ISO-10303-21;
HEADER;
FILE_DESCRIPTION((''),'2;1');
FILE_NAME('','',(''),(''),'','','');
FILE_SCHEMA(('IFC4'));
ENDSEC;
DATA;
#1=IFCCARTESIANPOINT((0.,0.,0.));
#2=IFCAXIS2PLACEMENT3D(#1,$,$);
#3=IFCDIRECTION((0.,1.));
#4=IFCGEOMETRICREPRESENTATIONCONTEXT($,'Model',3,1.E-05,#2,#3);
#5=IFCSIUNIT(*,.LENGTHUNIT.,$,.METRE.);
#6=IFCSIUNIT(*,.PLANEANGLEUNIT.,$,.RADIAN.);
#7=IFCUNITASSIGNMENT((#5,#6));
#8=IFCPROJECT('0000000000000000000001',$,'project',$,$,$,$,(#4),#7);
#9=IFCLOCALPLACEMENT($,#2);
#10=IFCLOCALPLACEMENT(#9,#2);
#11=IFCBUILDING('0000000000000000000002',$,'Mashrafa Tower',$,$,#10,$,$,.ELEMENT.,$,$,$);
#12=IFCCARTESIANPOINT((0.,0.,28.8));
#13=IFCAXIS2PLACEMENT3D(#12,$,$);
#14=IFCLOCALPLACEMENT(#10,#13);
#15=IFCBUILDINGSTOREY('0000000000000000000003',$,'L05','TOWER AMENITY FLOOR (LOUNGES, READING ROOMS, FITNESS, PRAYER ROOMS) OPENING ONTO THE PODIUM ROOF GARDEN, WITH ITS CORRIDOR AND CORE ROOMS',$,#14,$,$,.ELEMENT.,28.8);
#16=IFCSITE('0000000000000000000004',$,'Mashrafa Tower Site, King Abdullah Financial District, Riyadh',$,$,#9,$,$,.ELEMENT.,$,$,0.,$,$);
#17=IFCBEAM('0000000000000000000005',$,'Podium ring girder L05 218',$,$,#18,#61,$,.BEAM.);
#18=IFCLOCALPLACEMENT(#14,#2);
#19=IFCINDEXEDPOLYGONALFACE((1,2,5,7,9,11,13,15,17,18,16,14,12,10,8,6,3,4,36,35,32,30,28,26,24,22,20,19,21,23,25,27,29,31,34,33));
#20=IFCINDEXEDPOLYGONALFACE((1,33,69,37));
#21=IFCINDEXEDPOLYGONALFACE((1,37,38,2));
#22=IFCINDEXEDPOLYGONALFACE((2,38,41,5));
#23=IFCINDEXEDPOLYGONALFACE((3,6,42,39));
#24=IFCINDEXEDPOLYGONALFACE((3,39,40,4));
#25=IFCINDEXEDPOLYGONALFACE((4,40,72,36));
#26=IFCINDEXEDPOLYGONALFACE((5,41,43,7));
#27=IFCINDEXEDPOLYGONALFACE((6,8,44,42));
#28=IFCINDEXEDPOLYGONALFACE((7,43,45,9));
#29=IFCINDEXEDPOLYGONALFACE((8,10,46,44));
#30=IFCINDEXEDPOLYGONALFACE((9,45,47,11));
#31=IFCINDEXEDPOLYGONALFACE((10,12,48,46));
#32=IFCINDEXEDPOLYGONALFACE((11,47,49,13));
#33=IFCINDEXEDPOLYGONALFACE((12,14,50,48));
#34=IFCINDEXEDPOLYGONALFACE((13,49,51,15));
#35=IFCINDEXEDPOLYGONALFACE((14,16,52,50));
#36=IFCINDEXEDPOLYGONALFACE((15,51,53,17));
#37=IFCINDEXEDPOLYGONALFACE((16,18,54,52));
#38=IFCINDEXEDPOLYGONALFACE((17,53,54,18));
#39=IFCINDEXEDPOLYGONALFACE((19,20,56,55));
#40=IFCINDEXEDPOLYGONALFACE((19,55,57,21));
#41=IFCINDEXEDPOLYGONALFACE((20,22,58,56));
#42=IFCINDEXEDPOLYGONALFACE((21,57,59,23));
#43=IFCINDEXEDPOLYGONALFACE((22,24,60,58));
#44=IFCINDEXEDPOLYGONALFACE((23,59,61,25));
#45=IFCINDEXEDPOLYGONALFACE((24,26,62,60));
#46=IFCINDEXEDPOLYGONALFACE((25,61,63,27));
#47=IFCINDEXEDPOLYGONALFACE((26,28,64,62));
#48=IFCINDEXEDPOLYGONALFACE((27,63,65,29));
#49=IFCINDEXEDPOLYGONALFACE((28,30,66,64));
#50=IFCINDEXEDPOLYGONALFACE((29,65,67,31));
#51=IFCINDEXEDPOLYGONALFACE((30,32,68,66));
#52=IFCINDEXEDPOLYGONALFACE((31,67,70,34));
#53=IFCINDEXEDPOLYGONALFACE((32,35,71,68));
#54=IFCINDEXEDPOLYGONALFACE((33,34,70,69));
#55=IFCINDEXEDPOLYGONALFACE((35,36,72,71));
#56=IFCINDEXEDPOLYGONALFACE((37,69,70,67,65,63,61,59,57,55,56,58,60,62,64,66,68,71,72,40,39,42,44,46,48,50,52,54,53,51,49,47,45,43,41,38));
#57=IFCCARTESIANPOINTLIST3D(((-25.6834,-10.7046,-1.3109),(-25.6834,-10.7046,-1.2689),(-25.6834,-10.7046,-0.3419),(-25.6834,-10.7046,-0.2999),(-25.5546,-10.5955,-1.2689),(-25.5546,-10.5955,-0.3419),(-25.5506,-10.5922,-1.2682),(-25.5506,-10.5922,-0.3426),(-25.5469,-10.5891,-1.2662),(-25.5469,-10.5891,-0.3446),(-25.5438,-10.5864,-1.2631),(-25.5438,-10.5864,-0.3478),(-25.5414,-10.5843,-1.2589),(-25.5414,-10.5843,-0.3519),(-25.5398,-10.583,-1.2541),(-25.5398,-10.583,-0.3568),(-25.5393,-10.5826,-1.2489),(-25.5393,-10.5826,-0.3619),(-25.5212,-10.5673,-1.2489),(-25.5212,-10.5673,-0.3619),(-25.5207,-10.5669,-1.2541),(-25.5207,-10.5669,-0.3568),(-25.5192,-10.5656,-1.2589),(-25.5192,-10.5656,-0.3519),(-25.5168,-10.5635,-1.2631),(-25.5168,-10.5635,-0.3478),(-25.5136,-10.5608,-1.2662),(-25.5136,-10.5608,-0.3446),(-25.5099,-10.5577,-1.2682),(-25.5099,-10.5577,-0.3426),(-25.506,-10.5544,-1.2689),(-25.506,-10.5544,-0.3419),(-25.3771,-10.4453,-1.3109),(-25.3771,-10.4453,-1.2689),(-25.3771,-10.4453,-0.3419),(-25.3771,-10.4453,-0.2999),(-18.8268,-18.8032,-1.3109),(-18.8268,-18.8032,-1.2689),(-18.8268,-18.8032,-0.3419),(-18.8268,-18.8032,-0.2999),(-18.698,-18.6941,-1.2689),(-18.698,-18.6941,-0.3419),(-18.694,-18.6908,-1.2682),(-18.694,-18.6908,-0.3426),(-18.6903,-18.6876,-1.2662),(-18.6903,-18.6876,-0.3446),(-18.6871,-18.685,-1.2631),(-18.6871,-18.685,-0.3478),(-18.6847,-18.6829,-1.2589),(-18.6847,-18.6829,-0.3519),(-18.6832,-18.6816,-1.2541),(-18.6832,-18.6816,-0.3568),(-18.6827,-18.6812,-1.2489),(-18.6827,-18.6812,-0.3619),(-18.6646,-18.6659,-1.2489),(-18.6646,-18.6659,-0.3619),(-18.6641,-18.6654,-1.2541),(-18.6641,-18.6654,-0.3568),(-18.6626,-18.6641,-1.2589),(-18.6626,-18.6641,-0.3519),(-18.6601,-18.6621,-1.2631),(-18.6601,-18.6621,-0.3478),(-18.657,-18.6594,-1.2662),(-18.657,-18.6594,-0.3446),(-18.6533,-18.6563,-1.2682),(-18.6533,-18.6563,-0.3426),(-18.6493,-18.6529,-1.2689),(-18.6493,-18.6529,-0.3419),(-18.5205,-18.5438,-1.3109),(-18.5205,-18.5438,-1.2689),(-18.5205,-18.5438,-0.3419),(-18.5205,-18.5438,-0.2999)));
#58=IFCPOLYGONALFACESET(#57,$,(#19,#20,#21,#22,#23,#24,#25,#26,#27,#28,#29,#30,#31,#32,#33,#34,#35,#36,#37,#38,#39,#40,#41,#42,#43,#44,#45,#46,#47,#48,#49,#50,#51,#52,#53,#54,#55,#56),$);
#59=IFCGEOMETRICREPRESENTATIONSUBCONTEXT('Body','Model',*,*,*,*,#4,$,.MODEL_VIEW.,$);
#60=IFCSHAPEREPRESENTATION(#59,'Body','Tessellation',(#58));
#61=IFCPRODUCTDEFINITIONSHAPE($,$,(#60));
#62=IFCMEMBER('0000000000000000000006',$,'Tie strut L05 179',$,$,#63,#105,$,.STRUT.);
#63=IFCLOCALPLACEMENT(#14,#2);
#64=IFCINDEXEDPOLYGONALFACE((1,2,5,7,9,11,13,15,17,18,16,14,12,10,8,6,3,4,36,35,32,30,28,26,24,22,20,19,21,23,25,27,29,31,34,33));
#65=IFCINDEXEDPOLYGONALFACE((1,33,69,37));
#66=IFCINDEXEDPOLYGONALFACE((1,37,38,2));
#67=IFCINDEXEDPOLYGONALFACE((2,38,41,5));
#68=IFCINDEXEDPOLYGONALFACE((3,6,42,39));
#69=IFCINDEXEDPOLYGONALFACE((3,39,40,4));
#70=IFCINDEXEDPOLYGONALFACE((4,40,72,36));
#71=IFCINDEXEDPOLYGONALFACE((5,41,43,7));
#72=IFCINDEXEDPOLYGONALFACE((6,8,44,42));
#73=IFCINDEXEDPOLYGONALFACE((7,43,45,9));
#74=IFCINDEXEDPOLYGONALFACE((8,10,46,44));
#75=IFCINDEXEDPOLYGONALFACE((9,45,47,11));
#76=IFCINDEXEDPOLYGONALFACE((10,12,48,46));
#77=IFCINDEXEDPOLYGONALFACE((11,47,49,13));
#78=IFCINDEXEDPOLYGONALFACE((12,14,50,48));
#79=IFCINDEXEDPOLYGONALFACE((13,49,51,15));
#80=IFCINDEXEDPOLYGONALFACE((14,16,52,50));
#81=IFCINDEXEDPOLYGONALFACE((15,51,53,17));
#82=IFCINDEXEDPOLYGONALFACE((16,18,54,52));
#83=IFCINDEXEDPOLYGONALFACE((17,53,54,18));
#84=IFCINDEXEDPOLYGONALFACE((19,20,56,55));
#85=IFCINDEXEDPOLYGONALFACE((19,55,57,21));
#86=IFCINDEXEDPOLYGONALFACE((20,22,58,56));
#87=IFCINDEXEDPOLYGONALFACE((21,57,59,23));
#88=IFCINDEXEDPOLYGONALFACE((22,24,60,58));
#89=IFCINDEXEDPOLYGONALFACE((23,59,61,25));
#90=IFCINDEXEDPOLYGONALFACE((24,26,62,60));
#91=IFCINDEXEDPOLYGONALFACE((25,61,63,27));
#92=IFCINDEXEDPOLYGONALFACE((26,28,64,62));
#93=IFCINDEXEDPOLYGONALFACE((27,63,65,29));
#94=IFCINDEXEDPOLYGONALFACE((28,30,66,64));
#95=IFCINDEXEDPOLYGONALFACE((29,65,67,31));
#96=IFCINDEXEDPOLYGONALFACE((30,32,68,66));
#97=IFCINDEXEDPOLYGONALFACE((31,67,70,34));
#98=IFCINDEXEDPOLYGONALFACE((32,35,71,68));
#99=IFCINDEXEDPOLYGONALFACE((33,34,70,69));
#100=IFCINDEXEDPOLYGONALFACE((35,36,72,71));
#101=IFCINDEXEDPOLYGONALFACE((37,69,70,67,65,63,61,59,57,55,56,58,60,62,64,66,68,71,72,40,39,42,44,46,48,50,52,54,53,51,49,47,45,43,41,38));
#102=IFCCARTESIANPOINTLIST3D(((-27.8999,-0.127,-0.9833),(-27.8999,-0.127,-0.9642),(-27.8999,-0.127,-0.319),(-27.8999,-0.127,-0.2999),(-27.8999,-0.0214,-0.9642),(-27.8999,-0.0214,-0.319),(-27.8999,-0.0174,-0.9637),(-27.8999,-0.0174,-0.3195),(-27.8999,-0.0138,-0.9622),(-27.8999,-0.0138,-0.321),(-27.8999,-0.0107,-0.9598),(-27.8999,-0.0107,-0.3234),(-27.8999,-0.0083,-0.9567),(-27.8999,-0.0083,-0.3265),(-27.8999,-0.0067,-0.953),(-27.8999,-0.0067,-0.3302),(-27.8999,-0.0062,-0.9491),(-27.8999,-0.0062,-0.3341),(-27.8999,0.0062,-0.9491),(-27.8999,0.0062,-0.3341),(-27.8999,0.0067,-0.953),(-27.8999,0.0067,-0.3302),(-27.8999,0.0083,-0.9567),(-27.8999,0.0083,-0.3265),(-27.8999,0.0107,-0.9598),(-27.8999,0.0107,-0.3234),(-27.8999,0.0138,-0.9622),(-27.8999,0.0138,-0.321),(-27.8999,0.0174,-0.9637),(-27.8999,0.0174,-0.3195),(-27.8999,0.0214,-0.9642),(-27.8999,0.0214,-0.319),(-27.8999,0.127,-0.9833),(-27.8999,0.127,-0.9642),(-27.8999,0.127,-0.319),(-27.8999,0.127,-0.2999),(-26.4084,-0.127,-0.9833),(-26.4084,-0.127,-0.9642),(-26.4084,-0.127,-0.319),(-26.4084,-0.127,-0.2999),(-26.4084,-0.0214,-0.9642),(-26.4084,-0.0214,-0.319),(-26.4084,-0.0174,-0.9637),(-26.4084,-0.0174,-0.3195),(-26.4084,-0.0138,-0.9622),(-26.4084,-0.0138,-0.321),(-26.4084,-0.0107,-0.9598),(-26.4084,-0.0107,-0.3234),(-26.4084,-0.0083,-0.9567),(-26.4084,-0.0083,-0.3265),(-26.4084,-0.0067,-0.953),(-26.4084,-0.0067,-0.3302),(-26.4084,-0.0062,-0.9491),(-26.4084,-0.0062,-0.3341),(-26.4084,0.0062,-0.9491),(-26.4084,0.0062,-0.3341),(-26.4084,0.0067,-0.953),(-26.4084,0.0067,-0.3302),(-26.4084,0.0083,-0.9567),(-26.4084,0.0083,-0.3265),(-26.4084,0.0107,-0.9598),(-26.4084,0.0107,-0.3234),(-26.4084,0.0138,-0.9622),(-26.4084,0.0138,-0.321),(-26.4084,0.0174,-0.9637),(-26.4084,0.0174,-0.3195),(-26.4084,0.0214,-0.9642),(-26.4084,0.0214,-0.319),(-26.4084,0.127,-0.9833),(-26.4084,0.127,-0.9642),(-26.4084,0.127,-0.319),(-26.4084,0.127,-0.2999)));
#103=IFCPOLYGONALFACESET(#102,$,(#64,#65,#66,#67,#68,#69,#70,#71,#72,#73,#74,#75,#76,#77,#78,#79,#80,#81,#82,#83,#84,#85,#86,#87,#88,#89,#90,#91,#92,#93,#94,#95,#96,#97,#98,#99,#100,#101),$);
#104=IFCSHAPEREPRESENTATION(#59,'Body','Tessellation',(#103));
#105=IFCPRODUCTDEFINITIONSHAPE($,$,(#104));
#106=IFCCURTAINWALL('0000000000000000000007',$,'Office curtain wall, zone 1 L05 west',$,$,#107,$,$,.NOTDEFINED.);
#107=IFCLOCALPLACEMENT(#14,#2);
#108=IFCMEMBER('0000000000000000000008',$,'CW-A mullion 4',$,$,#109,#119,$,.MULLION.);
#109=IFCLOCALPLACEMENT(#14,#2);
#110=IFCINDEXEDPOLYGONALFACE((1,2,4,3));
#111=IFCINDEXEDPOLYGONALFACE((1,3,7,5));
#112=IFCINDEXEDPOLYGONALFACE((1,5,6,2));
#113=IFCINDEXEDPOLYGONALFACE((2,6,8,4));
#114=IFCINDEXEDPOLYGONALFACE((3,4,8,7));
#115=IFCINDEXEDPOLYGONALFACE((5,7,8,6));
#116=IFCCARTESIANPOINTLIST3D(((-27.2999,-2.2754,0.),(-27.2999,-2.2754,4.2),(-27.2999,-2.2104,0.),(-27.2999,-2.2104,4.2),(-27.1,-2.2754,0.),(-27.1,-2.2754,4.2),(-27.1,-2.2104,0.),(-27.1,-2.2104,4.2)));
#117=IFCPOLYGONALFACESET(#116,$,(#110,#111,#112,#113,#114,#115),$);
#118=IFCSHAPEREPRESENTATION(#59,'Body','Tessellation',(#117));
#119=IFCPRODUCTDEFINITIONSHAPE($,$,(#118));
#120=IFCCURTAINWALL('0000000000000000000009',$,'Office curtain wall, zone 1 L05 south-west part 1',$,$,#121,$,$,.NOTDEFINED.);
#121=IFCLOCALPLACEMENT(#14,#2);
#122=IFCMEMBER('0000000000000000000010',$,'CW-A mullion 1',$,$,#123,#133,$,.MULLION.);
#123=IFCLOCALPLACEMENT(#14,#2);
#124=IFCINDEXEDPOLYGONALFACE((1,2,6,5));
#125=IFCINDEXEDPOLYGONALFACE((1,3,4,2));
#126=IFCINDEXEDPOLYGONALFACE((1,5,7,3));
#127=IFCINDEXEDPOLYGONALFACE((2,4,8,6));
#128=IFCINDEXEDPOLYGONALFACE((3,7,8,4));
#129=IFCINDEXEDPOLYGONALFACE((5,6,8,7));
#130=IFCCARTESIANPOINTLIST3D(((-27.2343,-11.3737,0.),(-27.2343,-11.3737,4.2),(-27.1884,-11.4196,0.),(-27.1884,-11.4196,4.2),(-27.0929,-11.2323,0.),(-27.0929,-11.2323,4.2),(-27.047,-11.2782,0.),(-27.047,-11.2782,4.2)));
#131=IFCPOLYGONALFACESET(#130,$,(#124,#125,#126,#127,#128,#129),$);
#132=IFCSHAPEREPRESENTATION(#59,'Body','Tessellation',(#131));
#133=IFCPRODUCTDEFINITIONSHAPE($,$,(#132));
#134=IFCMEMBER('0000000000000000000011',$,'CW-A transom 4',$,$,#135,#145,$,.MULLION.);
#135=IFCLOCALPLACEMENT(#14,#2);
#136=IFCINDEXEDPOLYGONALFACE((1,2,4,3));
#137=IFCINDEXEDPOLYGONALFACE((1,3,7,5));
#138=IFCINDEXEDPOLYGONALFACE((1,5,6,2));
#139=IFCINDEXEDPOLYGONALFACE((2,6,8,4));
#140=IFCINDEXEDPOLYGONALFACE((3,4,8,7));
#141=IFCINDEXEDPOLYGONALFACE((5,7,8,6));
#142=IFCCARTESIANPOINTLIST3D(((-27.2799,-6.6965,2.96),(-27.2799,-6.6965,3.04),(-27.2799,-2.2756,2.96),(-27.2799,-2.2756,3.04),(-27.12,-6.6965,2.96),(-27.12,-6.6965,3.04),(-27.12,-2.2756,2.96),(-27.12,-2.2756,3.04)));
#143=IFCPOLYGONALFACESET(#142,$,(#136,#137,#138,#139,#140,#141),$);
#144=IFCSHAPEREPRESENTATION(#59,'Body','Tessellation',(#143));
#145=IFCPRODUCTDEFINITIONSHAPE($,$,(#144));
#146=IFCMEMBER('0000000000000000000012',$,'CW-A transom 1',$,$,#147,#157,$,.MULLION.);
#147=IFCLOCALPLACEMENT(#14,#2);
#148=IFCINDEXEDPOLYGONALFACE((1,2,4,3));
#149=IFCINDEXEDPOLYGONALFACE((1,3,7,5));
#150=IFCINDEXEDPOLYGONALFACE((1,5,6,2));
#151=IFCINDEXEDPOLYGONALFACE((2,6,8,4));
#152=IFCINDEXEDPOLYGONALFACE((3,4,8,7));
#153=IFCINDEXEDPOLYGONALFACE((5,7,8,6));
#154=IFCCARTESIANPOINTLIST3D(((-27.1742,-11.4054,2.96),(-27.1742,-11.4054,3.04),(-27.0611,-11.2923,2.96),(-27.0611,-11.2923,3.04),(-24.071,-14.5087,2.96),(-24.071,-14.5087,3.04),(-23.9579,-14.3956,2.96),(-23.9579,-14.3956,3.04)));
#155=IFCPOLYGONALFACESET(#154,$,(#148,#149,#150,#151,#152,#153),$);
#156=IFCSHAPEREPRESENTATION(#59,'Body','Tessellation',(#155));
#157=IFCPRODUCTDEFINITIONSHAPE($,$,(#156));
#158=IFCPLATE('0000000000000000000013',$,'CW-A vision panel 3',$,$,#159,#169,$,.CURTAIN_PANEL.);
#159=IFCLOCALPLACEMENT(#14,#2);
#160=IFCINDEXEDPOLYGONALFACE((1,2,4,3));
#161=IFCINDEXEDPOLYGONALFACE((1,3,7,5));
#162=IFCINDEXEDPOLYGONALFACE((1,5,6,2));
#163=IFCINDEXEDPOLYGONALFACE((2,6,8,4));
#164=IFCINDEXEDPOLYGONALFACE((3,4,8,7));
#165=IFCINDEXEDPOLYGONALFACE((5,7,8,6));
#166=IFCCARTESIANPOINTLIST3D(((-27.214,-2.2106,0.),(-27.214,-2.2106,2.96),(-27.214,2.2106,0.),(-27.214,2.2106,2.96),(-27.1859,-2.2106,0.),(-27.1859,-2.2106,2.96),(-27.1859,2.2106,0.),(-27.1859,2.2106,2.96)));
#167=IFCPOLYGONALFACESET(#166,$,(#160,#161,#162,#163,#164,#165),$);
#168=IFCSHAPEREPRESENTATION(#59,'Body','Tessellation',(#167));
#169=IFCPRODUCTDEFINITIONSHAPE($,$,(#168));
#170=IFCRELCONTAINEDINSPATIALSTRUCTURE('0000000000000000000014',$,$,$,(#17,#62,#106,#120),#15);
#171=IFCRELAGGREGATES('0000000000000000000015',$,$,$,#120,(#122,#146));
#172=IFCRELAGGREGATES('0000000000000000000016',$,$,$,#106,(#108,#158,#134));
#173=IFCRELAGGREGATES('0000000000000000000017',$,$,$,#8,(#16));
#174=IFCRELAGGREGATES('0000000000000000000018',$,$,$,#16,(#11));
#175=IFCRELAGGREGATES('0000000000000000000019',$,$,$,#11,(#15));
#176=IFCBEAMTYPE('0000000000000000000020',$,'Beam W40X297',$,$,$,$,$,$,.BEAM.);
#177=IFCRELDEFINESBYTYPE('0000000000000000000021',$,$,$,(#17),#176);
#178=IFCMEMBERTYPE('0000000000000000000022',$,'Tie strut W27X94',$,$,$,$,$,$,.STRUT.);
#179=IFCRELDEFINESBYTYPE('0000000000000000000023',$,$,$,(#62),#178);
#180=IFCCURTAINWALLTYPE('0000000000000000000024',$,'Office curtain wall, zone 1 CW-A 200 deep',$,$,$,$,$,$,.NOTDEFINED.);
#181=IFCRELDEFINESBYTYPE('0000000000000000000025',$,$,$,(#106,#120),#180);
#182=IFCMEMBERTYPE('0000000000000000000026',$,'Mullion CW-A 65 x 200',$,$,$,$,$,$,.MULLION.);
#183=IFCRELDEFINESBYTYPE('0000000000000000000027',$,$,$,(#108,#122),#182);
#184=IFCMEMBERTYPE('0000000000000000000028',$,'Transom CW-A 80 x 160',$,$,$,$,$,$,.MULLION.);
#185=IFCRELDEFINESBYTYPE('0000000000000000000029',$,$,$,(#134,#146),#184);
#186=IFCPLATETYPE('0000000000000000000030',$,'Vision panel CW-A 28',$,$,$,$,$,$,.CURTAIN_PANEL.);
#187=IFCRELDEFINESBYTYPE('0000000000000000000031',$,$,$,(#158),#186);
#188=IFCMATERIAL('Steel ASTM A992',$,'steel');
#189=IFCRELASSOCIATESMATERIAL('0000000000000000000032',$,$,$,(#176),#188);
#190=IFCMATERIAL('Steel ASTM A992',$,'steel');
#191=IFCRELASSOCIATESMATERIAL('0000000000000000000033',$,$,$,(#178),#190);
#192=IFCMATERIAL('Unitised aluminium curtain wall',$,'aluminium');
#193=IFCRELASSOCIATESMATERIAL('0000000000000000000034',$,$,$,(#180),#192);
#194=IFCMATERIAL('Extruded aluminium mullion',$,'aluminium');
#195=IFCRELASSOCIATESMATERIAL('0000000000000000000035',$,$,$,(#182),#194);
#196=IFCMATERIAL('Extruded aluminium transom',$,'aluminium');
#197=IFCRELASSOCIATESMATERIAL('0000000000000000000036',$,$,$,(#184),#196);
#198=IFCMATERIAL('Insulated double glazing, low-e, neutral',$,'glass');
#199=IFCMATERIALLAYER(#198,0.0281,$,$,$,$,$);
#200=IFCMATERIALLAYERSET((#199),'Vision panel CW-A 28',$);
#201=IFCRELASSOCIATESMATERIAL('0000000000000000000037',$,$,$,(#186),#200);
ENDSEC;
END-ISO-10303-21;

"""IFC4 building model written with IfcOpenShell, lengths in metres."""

from ifc_helpers import new_model, si_unit, direction, frame, origin, origin_2d, place, context, subcontext, project, spatial, rectangle, i_section, extrude, source, transform, mapped, material, layer, layer_set, material_profile, profile_set, type_object, type_shapes, element, aggregate, save


model = new_model("IFC4")

# Units and contexts
model_context = context("Model", 3, precision=1e-05, world=origin(), true_north=direction((0.0, 1.0)))
body_context = subcontext(model_context, "Body", "Model", "MODEL_VIEW")
ifc_project = project(units=[si_unit("LENGTHUNIT", "METRE"), si_unit("PLANEANGLEUNIT", "RADIAN")], contexts=[model_context])

# Site, building, storey
site_placement = place(None, origin())
site = spatial("IfcSite", under=ifc_project, at=site_placement, Name="Mashrafa Tower Site, King Abdullah Financial District, Riyadh", CompositionType="ELEMENT", RefElevation=0.0)
building_placement = place(site_placement, origin())
building = spatial("IfcBuilding", under=site, at=building_placement, Name="Mashrafa Tower", CompositionType="ELEMENT")
storey_placement = place(building_placement, frame((0.0, 0.0, 28.8)))
storey = spatial("IfcBuildingStorey", under=building, at=storey_placement, Name="L05", Description="TOWER AMENITY FLOOR (LOUNGES, READING ROOMS, FITNESS, PRAYER ROOMS) OPENING ONTO THE PODIUM ROOF GARDEN, WITH ITS CORRIDOR AND CORE ROOMS", CompositionType="ELEMENT", Elevation=28.8)

# Beam
ifc_material_1 = material(Name="Steel ASTM A992", Category="steel")
ifc_material_profile_1 = material_profile(ifc_material_1, i_section(OverallWidth=0.4014, OverallDepth=1.011, WebThickness=0.0237, FlangeThickness=0.042, FilletRadius=0.02, at=origin_2d()), Name="W40X297")
ifc_profile_set_1 = profile_set([ifc_material_profile_1], Name="Steel ASTM A992")
beam_type_1 = type_object("IfcBeamType", Name="Beam W40X297", PredefinedType="BEAM", material=ifc_profile_set_1)
for number, where, z_axis, x_axis, name in (
    (1, (-25.5303, -10.575, -0.8054), (0.646162, -0.7632, 0.0), (0.7632, 0.646162, 0.0), "Podium ring girder L05 218"),
):
    element("IfcBeam", number, at=place(storey_placement, frame(where, z_axis=z_axis, x_axis=x_axis)), inside=storey, type_object=beam_type_1, Name=name, PredefinedType="BEAM", context=body_context, shape_type="SweptSolid", body=[
        extrude(i_section(OverallWidth=0.4014, OverallDepth=1.011, WebThickness=0.0237, FlangeThickness=0.042, FilletRadius=0.02, at=origin_2d()), origin(), (0.0, 0.0, 1.0), 10.6113),
    ])

# Member
ifc_material_2 = material(Name="Steel ASTM A992", Category="steel")
ifc_material_profile_2 = material_profile(ifc_material_2, i_section(OverallWidth=0.2539, OverallDepth=0.6833, WebThickness=0.0125, FlangeThickness=0.019, FilletRadius=0.0151, at=origin_2d()), Name="W27X94")
ifc_profile_set_2 = profile_set([ifc_material_profile_2], Name="Steel ASTM A992")
member_type_1 = type_object("IfcMemberType", Name="Tie strut W27X94", PredefinedType="STRUT", material=ifc_profile_set_2)
shared_shape_1 = source(origin(), body_context, "Body", "SweptSolid", [
    extrude(i_section(OverallWidth=0.2539, OverallDepth=0.6833, WebThickness=0.0125, FlangeThickness=0.019, FilletRadius=0.0151, at=origin_2d()), origin(), (0.0, 0.0, 1.0), 1.4915),
])
type_shapes(member_type_1, [shared_shape_1])
member_1_placement = place(storey_placement, frame((-26.4084, 0.0, -0.6416), z_axis=(-1.0, 0.0, 0.0), x_axis=(0.0, -1.0, 0.0)))
element("IfcMember", 2, at=member_1_placement, inside=storey, type_object=member_type_1, Name="Tie strut L05 179", PredefinedType="STRUT", context=body_context, shape_type="MappedRepresentation", body=[
    mapped(shared_shape_1, transform((0.0, 0.0, 0.0))),
])

# Curtain walls, members
ifc_material_3 = material(Name="Unitised aluminium curtain wall", Category="aluminium")
curtain_wall_type = type_object("IfcCurtainWallType", Name="Office curtain wall, zone 1 CW-A 200 deep", PredefinedType="NOTDEFINED", material=ifc_material_3)
curtain_wall_1_placement = place(storey_placement, origin())
curtain_wall_1 = element("IfcCurtainWall", 3, at=curtain_wall_1_placement, inside=storey, type_object=curtain_wall_type, Name="Office curtain wall, zone 1 L05 west", PredefinedType="NOTDEFINED")
ifc_material_4 = material(Name="Extruded aluminium mullion", Category="aluminium")
ifc_material_profile_3 = material_profile(ifc_material_4, rectangle(XDim=0.2, YDim=0.0649, at=origin_2d()), Name="Mullion 65x200")
ifc_profile_set_3 = profile_set([ifc_material_profile_3], Name="Extruded aluminium mullion")
member_type_2 = type_object("IfcMemberType", Name="Mullion CW-A 65 x 200", PredefinedType="MULLION", material=ifc_profile_set_3)
shared_shape_2 = source(origin(), body_context, "Body", "SweptSolid", [
    extrude(rectangle(XDim=0.2, YDim=0.0649, at=origin_2d()), origin(), (0.0, 0.0, 1.0), 4.2),
])
type_shapes(member_type_2, [shared_shape_2])
member_2_placement = place(storey_placement, frame((-27.2, -2.2429, 0.0), z_axis=(0.0, 0.0, 1.0), x_axis=(1.0, 0.0, 0.0)))
member_2 = element("IfcMember", 4, at=member_2_placement, type_object=member_type_2, Name="CW-A mullion 4", PredefinedType="MULLION", context=body_context, shape_type="MappedRepresentation", body=[
    mapped(shared_shape_2, transform((0.0, 0.0, 0.0))),
])
curtain_wall_2_placement = place(storey_placement, origin())
curtain_wall_2 = element("IfcCurtainWall", 5, at=curtain_wall_2_placement, inside=storey, type_object=curtain_wall_type, Name="Office curtain wall, zone 1 L05 south-west part 1", PredefinedType="NOTDEFINED")
member_3_placement = place(storey_placement, frame((-27.1406, -11.3259, 0.0), z_axis=(0.0, 0.0, 1.0), x_axis=(0.707107, 0.707107, 0.0)))
member_3 = element("IfcMember", 6, at=member_3_placement, type_object=member_type_2, Name="CW-A mullion 1", PredefinedType="MULLION", context=body_context, shape_type="MappedRepresentation", body=[
    mapped(shared_shape_2, transform((0.0, 0.0, 0.0))),
])

# Members
ifc_material_5 = material(Name="Extruded aluminium transom", Category="aluminium")
ifc_material_profile_4 = material_profile(ifc_material_5, rectangle(XDim=0.1599, YDim=0.0801, at=origin_2d()), Name="Transom 80x160")
ifc_profile_set_4 = profile_set([ifc_material_profile_4], Name="Extruded aluminium transom")
member_type_3 = type_object("IfcMemberType", Name="Transom CW-A 80 x 160", PredefinedType="MULLION", material=ifc_profile_set_4)
shared_shape_3 = source(origin(), body_context, "Body", "SweptSolid", [
    extrude(rectangle(XDim=0.1599, YDim=0.0801, at=origin_2d()), origin(), (0.0, 0.0, 1.0), 4.4209),
])
member_4_placement = place(storey_placement, frame((-27.2, -2.2756, 3.0), z_axis=(0.0, -1.0, 0.0), x_axis=(1.0, 0.0, 0.0)))
member_4 = element("IfcMember", 7, at=member_4_placement, type_object=member_type_3, Name="CW-A transom 4", PredefinedType="MULLION", context=body_context, shape_type="MappedRepresentation", body=[
    mapped(shared_shape_3, transform((0.0, 0.0, 0.0))),
])
shared_shape_4 = source(origin(), body_context, "Body", "SweptSolid", [
    extrude(rectangle(XDim=0.1599, YDim=0.0801, at=origin_2d()), origin(), (0.0, 0.0, 1.0), 4.3887),
])
type_shapes(member_type_3, [shared_shape_3, shared_shape_4])
member_5_placement = place(storey_placement, frame((-27.1177, -11.3489, 3.0), z_axis=(0.707107, -0.707107, 0.0), x_axis=(0.707107, 0.707107, 0.0)))
member_5 = element("IfcMember", 8, at=member_5_placement, type_object=member_type_3, Name="CW-A transom 1", PredefinedType="MULLION", context=body_context, shape_type="MappedRepresentation", body=[
    mapped(shared_shape_4, transform((0.0, 0.0, 0.0))),
])
aggregate(curtain_wall_2, [member_3, member_5])

# Plate
ifc_material_6 = material(Name="Insulated double glazing, low-e, neutral", Category="glass")
ifc_layer_1 = layer(ifc_material_6, 0.0281)
ifc_layer_set_1 = layer_set([ifc_layer_1], Name="Vision panel CW-A 28")
plate_type_1 = type_object("IfcPlateType", Name="Vision panel CW-A 28", PredefinedType="CURTAIN_PANEL", material=ifc_layer_set_1)
shared_shape_5 = source(origin(), body_context, "Body", "SweptSolid", [
    extrude(rectangle(XDim=4.4211, YDim=0.0281, at=origin_2d()), origin(), (0.0, 0.0, 1.0), 2.96),
])
type_shapes(plate_type_1, [shared_shape_5])
plate_1_placement = place(storey_placement, frame((-27.2, 0.0, 0.0), z_axis=(0.0, 0.0, 1.0), x_axis=(0.0, -1.0, 0.0)))
plate_1 = element("IfcPlate", 9, at=plate_1_placement, type_object=plate_type_1, Name="CW-A vision panel 3", PredefinedType="CURTAIN_PANEL", context=body_context, shape_type="MappedRepresentation", body=[
    mapped(shared_shape_5, transform((0.0, 0.0, 0.0))),
])
aggregate(curtain_wall_1, [member_2, plate_1, member_4])

save(model, "model.ifc")
